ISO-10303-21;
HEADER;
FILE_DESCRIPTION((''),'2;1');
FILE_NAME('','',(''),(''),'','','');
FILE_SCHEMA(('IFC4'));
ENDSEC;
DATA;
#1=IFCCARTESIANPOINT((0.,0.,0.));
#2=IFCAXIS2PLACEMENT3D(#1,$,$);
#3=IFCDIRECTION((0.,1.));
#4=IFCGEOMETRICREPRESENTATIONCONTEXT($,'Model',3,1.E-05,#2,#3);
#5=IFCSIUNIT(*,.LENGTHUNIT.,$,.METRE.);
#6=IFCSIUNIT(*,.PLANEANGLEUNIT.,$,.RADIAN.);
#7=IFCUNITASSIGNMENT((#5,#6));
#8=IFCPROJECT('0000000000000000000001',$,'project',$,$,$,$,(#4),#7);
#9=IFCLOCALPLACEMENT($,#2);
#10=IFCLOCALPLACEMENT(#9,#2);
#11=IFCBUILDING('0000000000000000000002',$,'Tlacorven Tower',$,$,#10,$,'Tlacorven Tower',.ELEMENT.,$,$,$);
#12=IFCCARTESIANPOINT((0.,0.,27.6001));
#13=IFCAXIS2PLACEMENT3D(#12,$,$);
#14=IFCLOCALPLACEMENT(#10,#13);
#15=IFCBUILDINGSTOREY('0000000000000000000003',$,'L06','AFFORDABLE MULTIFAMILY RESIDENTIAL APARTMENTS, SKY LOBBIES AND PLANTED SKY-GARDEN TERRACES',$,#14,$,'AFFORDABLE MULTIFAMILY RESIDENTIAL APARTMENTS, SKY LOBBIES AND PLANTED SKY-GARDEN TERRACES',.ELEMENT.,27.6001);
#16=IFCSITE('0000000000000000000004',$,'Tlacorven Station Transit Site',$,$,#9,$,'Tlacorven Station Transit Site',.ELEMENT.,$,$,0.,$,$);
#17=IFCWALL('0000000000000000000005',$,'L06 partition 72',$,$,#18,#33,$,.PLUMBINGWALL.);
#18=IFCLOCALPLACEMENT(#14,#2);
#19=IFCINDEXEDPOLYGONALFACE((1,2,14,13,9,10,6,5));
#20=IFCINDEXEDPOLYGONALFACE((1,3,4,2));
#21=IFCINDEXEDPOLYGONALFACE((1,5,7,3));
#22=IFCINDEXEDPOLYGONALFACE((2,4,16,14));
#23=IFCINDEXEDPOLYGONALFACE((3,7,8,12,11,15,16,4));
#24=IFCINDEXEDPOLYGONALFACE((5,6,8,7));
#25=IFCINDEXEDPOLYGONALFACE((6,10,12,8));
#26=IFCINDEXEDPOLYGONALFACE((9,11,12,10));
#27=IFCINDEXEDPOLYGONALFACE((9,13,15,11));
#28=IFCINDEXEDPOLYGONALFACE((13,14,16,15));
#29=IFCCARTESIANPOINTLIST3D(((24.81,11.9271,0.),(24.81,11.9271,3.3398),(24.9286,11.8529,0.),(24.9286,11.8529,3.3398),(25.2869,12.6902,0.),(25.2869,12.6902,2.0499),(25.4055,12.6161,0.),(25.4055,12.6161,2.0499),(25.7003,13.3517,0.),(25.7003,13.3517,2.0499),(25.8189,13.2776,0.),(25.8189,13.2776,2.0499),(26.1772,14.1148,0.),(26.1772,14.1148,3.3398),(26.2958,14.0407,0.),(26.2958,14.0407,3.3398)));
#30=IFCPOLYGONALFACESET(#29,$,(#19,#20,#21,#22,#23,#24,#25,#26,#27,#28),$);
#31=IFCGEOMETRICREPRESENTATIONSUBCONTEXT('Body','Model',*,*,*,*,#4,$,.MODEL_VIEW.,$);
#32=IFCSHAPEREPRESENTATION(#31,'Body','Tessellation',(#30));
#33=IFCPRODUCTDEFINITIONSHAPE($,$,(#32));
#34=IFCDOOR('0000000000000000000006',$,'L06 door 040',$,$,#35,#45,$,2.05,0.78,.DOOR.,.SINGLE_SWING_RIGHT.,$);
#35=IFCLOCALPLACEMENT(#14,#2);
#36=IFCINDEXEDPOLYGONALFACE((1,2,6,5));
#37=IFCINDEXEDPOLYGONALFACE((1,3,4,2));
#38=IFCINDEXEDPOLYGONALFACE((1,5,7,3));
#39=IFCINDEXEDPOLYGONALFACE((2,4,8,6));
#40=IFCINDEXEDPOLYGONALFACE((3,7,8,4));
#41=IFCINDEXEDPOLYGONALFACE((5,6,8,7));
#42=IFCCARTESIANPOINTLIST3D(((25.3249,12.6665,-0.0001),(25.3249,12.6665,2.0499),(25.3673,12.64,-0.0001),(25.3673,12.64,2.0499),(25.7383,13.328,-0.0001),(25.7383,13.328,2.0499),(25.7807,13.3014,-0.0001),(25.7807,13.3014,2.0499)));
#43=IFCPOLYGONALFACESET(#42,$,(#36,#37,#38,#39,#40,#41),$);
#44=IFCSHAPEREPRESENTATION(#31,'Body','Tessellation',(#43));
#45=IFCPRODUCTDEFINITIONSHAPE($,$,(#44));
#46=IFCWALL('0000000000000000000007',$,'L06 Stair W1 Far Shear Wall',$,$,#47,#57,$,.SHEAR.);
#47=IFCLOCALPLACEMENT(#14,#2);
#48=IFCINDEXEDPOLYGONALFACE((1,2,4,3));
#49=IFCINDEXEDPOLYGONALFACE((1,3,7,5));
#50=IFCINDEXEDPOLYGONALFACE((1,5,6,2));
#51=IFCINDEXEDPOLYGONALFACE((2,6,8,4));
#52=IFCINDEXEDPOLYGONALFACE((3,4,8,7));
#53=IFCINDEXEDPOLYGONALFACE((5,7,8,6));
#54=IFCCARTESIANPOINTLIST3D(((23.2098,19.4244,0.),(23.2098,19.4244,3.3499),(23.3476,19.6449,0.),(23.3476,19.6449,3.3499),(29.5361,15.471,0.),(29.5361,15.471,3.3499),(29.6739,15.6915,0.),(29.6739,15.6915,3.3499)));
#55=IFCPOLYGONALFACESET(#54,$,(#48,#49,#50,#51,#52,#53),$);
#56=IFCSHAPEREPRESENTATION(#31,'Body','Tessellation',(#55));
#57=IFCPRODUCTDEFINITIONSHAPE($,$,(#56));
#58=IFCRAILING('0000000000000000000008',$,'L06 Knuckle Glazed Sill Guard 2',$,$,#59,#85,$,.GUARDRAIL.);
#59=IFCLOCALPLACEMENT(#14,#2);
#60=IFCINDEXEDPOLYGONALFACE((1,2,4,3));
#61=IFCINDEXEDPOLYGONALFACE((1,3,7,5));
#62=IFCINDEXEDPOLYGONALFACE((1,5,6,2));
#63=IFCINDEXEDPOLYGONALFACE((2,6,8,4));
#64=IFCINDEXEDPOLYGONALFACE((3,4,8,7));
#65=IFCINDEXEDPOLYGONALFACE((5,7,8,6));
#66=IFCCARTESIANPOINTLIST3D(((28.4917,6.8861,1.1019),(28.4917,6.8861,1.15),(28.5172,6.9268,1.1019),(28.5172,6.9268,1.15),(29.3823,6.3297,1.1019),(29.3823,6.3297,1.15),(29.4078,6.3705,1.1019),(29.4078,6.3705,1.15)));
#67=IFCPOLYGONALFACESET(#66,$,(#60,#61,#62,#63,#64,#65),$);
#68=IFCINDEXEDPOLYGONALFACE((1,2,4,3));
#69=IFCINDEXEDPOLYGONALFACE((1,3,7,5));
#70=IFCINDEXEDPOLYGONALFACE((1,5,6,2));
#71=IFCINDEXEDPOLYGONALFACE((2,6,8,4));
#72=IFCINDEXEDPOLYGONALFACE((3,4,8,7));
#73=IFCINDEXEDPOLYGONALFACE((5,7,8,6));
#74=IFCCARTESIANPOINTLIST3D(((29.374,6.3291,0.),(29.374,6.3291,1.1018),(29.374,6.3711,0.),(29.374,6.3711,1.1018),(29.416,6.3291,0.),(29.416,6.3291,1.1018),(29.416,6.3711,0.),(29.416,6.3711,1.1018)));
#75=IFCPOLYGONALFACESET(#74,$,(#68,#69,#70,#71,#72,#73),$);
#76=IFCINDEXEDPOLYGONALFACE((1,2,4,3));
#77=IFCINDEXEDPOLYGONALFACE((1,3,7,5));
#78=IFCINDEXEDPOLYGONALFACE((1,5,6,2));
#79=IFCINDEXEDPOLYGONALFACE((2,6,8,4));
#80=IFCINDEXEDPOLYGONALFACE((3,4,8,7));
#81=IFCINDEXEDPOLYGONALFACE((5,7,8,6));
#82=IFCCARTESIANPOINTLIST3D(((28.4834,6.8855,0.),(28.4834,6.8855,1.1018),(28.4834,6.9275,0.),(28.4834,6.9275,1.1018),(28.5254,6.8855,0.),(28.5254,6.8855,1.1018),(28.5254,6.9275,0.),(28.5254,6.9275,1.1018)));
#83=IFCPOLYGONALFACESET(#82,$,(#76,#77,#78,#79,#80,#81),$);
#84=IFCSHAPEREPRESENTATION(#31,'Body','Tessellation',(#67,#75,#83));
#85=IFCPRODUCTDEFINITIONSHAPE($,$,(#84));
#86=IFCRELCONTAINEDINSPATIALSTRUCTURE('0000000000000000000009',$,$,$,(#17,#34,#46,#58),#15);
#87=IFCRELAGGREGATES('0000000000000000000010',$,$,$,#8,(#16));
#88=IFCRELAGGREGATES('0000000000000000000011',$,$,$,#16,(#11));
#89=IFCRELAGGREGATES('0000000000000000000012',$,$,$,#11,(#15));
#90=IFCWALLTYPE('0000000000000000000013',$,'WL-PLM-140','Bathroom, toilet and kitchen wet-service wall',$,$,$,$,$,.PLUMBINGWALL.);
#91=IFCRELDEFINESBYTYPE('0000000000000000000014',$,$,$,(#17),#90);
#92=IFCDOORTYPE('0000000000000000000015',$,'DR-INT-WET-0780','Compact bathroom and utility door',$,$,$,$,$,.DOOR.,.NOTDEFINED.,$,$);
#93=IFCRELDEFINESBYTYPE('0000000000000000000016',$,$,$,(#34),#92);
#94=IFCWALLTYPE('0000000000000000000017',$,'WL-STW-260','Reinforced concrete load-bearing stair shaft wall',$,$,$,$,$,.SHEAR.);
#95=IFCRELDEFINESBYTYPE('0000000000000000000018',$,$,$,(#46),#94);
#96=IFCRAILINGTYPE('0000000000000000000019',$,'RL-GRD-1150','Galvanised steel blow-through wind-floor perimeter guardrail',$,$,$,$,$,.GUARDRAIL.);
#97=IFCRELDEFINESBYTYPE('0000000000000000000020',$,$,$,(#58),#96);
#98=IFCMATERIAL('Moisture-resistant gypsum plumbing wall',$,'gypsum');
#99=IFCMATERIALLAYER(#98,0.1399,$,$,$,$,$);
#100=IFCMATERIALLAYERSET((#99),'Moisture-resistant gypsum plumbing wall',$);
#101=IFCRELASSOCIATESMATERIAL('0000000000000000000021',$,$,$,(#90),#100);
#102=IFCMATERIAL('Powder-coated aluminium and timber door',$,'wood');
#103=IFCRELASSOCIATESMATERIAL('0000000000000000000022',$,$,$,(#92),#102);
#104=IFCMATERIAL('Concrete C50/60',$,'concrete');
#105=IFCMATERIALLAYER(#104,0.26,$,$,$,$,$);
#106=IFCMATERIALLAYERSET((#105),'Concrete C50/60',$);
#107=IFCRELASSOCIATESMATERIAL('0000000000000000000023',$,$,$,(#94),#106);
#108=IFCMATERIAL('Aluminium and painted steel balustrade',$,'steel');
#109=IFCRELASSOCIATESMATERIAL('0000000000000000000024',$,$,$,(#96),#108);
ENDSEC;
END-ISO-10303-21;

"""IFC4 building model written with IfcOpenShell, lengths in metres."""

from ifc_helpers import new_model, si_unit, direction, frame, frame_2d, origin, origin_2d, place, context, subcontext, project, spatial, rectangle, extrude, source, transform, mapped, material, layer, layer_set, type_object, element, fill, save


model = new_model("IFC4")

# Units and contexts
model_context = context("Model", 3, precision=1e-05, world=origin(), true_north=direction((0.0, 1.0)))
body_context = subcontext(model_context, "Body", "Model", "MODEL_VIEW")
ifc_project = project(units=[si_unit("LENGTHUNIT", "METRE"), si_unit("PLANEANGLEUNIT", "RADIAN")], contexts=[model_context])

# Site, building, storey
site_placement = place(None, origin())
site = spatial("IfcSite", under=ifc_project, at=site_placement, Name="Tlacorven Station Transit Site", LongName="Tlacorven Station Transit Site", CompositionType="ELEMENT", RefElevation=0.0)
building_placement = place(site_placement, origin())
building = spatial("IfcBuilding", under=site, at=building_placement, Name="Tlacorven Tower", LongName="Tlacorven Tower", CompositionType="ELEMENT")
storey_placement = place(building_placement, frame((0.0, 0.0, 27.6001)))
storey = spatial("IfcBuildingStorey", under=building, at=storey_placement, Name="L06", Description="AFFORDABLE MULTIFAMILY RESIDENTIAL APARTMENTS, SKY LOBBIES AND PLANTED SKY-GARDEN TERRACES", LongName="AFFORDABLE MULTIFAMILY RESIDENTIAL APARTMENTS, SKY LOBBIES AND PLANTED SKY-GARDEN TERRACES", CompositionType="ELEMENT", Elevation=27.6001)

# Shared definitions
ifc_material_1 = material(Name="Powder-coated aluminium and timber door", Category="wood")

# Wall, opening, door
ifc_material_2 = material(Name="Moisture-resistant gypsum plumbing wall", Category="gypsum")
ifc_layer_1 = layer(ifc_material_2, 0.1399)
ifc_layer_set_1 = layer_set([ifc_layer_1], Name="Moisture-resistant gypsum plumbing wall")
wall_type_1 = type_object("IfcWallType", Name="WL-PLM-140", Description="Bathroom, toilet and kitchen wet-service wall", PredefinedType="PLUMBINGWALL", material=ifc_layer_set_1)
wall_1_placement = place(storey_placement, frame((26.2366, 14.0779, 0.0), z_axis=(0.0, 0.0, 1.0), x_axis=(-0.529956, -0.848025, 0.0)))
wall_1 = element("IfcWall", 1, at=wall_1_placement, inside=storey, type_object=wall_type_1, Name="L06 partition 72", PredefinedType="PLUMBINGWALL", context=body_context, shape_type="SweptSolid", body=[
    extrude(rectangle(XDim=2.5798, YDim=0.1399, at=frame_2d((1.29, 0.0))), origin(), (0.0, 0.0, 1.0), 3.3398),
])
opening_1_placement = place(wall_1_placement, frame((0.8999, 0.0, 0.0)))
opening_1 = element("IfcOpeningElement", 2, at=opening_1_placement, cuts=wall_1, PredefinedType="OPENING", context=body_context, shape_type="SweptSolid", body=[
    extrude(rectangle(XDim=0.78, YDim=2.05, at=frame_2d((0.3901, 1.0249))), frame((0.0, 0.0801, 0.0), z_axis=(0.0, -1.0, 0.0), x_axis=(1.0, 0.0, 0.0)), (0.0, 0.0, 1.0), 0.1599),
])
door_type_1 = type_object("IfcDoorType", Name="DR-INT-WET-0780", Description="Compact bathroom and utility door", OperationType="NOTDEFINED", PredefinedType="DOOR", material=ifc_material_1)
shared_shape_1 = source(origin(), body_context, "Body", "SweptSolid", [
    extrude(rectangle(XDim=0.78, YDim=2.05, at=frame_2d((0.3901, 1.0249))), frame((0.0, 0.0249, 0.0), z_axis=(0.0, -1.0, 0.0), x_axis=(1.0, 0.0, 0.0)), (0.0, 0.0, 1.0), 0.05),
])
door_1_placement = place(opening_1_placement, origin())
door_1 = element("IfcDoor", 3, at=door_1_placement, inside=storey, type_object=door_type_1, Name="L06 door 040", OperationType="SINGLE_SWING_RIGHT", OverallHeight=2.05, OverallWidth=0.78, PredefinedType="DOOR", context=body_context, shape_type="MappedRepresentation", body=[
    mapped(shared_shape_1, transform((0.0, 0.0, 0.0), scale=1.0)),
])
fill(opening_1, door_1)

# Wall
ifc_material_3 = material(Name="Concrete C50/60", Category="concrete")
ifc_layer_2 = layer(ifc_material_3, 0.26)
ifc_layer_set_2 = layer_set([ifc_layer_2], Name="Concrete C50/60")
wall_type_2 = type_object("IfcWallType", Name="WL-STW-260", Description="Reinforced concrete load-bearing stair shaft wall", PredefinedType="SHEAR", material=ifc_layer_set_2)
wall_2_placement = place(storey_placement, frame((29.605, 15.5813, 0.0), z_axis=(0.0, 0.0, 1.0), x_axis=(-0.848037, 0.529937, 0.0)))
element("IfcWall", 4, at=wall_2_placement, inside=storey, type_object=wall_type_2, Name="L06 Stair W1 Far Shear Wall", PredefinedType="SHEAR", context=body_context, shape_type="SweptSolid", body=[
    extrude(rectangle(XDim=7.46, YDim=0.26, at=frame_2d((3.73, 0.0))), origin(), (0.0, 0.0, 1.0), 3.3499),
])

# Railing
ifc_material_4 = material(Name="Aluminium and painted steel balustrade", Category="steel")
railing_type = type_object("IfcRailingType", Name="RL-GRD-1150", Description="Galvanised steel blow-through wind-floor perimeter guardrail", PredefinedType="GUARDRAIL", material=ifc_material_4)
shared_shape_2 = source(origin(), body_context, "Body", "SweptSolid", [
    extrude(rectangle(XDim=0.0481, YDim=0.0481, at=origin_2d()), frame((0.0, 0.0, 1.126), z_axis=(-0.848103, 0.529832, 0.0), x_axis=(-0.529832, -0.848103, 0.0)), (0.0, 0.0, 1.0), 1.05),
    extrude(rectangle(XDim=0.042, YDim=0.042, at=origin_2d()), origin(), (0.0, 0.0, 1.0), 1.1018),
    extrude(rectangle(XDim=0.042, YDim=0.042, at=origin_2d()), frame((-0.8906, 0.5564, 0.0)), (0.0, 0.0, 1.0), 1.1018),
])
railing_placement = place(storey_placement, frame((29.395, 6.3501, 0.0)))
element("IfcRailing", 5, at=railing_placement, inside=storey, type_object=railing_type, Name="L06 Knuckle Glazed Sill Guard 2", PredefinedType="GUARDRAIL", context=body_context, shape_type="MappedRepresentation", body=[
    mapped(shared_shape_2, transform((0.0, 0.0, 0.0), scale=1.0)),
])

save(model, "model.ifc")
